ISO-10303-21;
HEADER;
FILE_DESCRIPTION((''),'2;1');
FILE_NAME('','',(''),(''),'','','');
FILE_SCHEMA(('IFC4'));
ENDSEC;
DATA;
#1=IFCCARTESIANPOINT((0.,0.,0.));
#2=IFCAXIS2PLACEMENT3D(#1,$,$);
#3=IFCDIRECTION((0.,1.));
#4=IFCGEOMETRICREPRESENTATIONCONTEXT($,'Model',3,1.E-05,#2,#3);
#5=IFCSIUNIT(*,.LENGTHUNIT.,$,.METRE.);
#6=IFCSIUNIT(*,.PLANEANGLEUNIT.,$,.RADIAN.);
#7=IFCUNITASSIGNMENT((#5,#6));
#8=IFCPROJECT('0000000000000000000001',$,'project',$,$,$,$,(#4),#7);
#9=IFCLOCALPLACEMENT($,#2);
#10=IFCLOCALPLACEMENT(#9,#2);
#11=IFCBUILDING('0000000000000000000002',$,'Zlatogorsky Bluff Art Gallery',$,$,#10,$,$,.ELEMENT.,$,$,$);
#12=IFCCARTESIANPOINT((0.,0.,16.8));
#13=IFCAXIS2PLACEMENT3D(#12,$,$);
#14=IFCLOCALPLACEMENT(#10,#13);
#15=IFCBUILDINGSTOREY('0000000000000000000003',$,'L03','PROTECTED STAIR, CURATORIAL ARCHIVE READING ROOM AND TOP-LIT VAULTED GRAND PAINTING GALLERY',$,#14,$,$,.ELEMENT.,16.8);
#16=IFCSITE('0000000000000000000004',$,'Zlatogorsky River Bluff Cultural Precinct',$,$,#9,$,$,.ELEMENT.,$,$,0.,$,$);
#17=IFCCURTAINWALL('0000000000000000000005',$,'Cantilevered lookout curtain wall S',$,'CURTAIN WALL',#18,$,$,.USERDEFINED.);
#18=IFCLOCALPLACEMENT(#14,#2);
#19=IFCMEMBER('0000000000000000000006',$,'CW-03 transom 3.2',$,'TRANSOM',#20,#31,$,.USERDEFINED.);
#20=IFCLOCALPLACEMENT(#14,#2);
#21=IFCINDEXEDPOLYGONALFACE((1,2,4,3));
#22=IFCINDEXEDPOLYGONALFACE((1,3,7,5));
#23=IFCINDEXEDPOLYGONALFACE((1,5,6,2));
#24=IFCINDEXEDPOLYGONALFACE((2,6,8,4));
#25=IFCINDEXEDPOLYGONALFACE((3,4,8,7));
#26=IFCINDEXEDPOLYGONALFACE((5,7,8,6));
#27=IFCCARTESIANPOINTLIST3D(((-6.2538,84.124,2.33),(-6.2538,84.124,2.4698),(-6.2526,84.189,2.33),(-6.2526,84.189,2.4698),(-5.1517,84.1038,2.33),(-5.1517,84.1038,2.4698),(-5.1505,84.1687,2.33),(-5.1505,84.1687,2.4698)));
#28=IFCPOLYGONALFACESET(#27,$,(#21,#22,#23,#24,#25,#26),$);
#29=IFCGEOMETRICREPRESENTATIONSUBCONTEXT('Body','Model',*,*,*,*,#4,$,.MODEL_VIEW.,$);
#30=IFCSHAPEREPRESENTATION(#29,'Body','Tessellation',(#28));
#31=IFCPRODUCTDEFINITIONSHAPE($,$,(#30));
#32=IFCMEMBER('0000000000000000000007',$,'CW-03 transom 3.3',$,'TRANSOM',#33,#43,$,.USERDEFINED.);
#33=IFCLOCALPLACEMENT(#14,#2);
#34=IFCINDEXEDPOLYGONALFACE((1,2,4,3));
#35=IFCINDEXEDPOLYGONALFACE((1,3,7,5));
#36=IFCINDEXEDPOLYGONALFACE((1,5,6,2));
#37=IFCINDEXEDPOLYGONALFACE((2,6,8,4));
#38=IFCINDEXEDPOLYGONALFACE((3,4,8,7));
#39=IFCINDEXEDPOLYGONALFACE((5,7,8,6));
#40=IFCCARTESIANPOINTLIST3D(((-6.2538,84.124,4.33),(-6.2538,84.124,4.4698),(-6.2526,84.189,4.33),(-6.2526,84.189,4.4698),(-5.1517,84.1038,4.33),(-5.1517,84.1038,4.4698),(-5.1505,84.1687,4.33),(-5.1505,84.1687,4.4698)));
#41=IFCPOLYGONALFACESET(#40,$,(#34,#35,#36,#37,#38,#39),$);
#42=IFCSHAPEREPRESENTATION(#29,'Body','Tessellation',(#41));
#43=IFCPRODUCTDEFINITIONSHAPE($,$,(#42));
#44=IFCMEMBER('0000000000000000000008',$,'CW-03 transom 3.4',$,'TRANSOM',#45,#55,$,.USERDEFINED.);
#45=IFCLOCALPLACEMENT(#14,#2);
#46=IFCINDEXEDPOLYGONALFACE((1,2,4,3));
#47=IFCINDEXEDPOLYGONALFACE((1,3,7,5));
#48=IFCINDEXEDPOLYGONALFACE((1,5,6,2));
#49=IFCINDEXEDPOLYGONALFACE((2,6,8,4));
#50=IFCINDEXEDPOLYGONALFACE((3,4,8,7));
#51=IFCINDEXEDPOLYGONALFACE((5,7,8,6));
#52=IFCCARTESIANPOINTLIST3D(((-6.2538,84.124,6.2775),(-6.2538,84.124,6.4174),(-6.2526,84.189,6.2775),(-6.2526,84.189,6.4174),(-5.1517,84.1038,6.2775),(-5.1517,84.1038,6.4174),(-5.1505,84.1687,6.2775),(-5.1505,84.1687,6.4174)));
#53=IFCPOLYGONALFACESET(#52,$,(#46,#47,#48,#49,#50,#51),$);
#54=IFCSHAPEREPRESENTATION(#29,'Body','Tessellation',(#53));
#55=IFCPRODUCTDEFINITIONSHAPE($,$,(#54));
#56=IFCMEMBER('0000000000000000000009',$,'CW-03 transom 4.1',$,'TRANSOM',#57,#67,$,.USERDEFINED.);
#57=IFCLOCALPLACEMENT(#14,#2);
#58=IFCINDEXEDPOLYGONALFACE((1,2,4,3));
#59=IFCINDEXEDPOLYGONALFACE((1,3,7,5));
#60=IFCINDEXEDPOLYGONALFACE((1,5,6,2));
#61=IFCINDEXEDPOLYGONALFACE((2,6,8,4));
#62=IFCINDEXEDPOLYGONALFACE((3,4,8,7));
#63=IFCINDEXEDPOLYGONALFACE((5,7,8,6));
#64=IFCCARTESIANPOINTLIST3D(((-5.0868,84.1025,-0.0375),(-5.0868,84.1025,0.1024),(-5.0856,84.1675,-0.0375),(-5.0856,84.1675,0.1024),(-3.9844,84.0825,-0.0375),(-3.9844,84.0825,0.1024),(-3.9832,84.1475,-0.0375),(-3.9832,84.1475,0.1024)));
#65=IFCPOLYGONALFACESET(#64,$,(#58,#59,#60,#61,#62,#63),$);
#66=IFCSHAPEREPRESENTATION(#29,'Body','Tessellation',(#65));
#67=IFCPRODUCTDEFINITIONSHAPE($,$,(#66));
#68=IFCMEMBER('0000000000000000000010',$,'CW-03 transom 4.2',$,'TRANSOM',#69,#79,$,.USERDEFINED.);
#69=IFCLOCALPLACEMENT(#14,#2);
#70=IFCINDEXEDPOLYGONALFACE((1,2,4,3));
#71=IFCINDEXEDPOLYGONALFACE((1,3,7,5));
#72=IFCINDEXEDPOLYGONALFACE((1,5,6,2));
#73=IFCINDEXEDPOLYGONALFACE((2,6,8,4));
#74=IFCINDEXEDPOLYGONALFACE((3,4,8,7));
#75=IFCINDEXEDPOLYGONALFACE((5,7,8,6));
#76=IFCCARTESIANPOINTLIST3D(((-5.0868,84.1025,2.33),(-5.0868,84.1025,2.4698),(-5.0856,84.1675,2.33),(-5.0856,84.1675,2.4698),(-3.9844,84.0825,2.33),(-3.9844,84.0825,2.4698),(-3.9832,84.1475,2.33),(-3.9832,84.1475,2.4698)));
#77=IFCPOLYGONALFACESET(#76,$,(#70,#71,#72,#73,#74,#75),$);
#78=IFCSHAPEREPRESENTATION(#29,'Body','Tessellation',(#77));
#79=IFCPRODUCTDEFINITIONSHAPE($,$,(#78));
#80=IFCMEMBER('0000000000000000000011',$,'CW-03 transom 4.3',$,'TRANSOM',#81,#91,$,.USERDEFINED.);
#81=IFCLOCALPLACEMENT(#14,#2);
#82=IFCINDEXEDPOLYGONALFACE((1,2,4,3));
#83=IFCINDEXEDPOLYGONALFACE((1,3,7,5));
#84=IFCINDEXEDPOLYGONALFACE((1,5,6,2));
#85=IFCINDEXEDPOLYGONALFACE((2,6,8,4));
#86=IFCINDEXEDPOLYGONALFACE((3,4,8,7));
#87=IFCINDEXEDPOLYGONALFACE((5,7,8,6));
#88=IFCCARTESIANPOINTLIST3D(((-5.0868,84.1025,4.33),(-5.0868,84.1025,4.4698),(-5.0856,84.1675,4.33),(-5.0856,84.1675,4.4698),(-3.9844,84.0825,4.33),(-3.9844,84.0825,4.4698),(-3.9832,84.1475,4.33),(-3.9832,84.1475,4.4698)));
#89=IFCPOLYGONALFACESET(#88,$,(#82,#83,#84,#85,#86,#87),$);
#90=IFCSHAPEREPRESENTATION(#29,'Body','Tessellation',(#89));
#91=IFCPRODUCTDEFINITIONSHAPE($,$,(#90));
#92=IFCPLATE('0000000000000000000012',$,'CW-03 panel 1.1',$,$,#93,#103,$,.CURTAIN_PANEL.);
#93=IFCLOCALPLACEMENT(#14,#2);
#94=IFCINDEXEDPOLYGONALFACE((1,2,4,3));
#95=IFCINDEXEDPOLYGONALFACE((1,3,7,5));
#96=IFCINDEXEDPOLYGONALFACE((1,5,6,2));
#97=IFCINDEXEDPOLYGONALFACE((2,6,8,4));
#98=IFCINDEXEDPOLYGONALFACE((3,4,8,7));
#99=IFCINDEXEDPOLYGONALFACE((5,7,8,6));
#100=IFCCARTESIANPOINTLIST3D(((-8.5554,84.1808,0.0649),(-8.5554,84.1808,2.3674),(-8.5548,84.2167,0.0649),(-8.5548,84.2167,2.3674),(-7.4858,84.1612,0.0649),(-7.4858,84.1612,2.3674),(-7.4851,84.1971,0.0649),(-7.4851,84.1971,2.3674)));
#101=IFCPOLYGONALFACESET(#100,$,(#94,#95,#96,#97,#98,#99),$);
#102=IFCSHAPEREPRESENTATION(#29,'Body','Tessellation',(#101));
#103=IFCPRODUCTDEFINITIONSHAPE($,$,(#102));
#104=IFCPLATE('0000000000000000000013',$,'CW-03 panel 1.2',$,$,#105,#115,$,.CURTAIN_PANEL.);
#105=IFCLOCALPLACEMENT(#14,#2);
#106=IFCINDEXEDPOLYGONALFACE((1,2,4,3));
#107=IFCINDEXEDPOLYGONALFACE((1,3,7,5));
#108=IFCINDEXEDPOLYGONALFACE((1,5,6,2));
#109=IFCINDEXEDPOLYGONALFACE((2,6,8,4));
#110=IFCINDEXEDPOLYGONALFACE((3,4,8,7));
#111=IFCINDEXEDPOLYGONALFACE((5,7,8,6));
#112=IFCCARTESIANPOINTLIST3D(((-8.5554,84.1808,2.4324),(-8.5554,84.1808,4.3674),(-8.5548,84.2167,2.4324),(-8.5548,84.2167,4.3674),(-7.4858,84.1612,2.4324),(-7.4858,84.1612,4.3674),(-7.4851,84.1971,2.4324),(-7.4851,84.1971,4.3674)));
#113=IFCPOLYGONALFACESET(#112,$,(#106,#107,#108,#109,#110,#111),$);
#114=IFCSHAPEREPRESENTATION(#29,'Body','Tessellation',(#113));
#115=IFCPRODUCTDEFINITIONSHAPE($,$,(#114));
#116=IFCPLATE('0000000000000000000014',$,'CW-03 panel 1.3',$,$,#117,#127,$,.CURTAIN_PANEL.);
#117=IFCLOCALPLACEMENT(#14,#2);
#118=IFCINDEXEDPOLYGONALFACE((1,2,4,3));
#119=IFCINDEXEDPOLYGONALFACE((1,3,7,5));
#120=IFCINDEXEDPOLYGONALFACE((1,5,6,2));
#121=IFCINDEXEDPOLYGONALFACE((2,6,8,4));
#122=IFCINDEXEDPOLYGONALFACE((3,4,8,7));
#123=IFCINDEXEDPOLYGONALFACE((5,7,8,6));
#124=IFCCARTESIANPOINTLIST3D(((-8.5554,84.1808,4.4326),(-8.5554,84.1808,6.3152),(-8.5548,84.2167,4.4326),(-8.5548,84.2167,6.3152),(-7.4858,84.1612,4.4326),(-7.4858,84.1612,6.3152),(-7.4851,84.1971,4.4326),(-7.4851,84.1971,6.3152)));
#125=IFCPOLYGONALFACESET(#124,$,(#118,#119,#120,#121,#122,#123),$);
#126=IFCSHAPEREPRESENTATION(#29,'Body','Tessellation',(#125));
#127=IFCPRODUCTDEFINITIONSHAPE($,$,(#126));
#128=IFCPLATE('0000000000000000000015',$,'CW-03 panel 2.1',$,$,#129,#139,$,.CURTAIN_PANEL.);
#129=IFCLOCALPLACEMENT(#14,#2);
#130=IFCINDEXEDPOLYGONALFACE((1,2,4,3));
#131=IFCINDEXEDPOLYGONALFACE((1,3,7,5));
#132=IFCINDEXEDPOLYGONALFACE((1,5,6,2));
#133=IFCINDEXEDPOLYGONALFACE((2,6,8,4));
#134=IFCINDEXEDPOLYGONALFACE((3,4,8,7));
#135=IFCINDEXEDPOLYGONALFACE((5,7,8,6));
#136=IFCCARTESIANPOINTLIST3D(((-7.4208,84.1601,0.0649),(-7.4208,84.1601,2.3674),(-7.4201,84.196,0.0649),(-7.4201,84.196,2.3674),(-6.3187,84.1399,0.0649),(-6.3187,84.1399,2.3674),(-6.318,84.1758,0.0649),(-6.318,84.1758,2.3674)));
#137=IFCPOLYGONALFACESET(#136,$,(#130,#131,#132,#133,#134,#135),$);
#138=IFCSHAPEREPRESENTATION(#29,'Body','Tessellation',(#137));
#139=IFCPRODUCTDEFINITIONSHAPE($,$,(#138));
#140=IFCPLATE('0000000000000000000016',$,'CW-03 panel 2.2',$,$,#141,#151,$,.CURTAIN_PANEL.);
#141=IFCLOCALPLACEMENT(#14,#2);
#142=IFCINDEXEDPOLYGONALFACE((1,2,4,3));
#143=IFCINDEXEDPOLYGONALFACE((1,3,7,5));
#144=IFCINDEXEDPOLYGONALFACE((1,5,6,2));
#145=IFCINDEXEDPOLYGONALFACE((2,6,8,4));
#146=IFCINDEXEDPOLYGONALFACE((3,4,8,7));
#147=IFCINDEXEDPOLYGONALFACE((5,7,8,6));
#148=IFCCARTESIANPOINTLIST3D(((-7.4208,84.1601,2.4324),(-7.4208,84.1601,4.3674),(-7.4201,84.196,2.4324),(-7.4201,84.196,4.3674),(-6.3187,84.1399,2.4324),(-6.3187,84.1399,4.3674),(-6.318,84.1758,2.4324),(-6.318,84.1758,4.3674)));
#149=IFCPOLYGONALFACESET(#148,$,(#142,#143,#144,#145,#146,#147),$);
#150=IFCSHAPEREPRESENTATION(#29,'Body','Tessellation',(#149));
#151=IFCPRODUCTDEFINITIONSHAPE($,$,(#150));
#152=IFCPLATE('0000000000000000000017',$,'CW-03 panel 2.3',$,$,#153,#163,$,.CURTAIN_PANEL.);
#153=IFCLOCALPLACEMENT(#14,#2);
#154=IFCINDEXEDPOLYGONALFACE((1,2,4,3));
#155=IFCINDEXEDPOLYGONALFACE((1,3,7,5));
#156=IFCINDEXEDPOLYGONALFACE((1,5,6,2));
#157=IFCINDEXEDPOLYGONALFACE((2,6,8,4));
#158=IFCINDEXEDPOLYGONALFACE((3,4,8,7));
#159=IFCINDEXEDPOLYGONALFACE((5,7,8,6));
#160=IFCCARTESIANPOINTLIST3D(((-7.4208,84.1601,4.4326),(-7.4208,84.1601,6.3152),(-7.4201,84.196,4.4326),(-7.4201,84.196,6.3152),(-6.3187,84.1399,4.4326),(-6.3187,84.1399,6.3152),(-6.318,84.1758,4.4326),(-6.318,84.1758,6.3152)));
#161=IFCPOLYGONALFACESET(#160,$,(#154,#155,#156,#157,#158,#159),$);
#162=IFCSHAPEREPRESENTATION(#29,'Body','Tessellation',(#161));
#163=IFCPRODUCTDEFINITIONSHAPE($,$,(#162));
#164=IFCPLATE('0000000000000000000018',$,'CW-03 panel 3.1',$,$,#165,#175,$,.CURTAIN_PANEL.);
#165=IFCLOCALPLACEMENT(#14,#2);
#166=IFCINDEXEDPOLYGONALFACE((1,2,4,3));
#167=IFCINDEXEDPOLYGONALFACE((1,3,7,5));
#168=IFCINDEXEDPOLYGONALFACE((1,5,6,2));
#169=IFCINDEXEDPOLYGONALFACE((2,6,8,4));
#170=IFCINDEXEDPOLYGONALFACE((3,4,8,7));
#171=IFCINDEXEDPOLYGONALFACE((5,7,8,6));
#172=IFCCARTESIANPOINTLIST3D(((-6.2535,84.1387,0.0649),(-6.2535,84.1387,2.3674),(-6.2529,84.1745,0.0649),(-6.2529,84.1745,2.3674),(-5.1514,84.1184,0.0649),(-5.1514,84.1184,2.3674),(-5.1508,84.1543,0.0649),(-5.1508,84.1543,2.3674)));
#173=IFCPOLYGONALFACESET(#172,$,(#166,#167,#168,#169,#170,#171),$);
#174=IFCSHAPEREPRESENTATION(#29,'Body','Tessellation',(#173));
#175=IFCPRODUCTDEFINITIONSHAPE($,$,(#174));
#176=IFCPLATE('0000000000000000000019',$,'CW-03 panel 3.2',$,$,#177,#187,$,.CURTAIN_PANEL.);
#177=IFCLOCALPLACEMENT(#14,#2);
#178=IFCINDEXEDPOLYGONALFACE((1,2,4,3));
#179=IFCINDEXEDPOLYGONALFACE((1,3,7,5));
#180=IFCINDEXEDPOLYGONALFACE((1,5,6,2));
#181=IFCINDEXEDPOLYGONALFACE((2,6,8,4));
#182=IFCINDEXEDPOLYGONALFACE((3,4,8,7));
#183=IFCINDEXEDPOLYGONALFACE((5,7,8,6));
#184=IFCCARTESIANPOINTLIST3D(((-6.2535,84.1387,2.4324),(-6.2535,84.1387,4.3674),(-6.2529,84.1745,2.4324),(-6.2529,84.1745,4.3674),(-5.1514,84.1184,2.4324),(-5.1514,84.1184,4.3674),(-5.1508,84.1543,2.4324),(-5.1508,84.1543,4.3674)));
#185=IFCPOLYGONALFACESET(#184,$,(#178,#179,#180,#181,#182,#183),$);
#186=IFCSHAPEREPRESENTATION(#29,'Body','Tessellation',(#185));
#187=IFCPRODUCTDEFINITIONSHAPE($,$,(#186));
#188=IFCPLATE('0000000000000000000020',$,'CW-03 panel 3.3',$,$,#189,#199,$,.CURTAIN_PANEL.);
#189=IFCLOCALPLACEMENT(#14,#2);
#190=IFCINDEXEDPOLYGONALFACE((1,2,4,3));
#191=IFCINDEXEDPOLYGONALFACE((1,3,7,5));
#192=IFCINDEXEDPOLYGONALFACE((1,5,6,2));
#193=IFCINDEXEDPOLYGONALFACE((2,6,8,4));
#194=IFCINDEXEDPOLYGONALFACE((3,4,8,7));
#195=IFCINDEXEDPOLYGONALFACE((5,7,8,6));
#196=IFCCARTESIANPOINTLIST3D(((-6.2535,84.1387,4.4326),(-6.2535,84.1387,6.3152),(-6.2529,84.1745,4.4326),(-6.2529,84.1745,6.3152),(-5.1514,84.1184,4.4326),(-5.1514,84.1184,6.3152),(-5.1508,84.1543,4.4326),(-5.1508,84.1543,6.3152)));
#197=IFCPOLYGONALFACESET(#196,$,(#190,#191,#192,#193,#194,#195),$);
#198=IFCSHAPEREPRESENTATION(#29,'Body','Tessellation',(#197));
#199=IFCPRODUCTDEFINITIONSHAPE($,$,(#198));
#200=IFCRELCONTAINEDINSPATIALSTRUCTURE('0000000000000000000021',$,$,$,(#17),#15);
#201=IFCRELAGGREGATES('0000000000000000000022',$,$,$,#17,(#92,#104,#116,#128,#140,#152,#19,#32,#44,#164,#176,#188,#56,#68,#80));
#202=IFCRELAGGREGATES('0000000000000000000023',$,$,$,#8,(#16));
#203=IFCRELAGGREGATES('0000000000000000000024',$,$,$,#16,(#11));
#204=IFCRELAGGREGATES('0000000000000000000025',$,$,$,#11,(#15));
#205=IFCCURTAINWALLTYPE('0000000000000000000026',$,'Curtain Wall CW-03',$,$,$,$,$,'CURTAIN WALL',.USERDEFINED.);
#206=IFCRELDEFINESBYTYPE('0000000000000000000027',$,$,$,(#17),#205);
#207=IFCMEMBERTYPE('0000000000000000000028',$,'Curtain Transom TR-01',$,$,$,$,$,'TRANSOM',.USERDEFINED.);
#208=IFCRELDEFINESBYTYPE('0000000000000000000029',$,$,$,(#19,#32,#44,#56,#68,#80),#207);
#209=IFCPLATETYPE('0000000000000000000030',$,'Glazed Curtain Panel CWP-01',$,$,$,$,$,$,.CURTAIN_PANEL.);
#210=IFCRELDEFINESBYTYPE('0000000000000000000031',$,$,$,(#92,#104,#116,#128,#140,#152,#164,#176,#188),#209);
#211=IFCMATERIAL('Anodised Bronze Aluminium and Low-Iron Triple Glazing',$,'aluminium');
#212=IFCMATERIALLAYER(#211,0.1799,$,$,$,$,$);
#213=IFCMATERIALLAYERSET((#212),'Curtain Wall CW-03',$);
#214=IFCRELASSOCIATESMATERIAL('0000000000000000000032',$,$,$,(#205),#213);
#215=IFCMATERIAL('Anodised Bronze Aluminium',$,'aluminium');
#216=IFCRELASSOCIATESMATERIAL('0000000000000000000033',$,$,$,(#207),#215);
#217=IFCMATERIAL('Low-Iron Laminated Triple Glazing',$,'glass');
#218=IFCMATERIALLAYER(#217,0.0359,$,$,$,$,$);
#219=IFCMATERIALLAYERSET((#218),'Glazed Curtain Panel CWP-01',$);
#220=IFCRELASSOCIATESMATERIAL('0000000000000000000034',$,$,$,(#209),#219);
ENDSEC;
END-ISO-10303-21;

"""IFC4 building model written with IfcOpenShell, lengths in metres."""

from ifc_helpers import new_model, si_unit, direction, frame, origin, origin_2d, place, context, subcontext, project, spatial, rectangle, extrude, material, layer, layer_set, material_profile, profile_set, type_object, element, aggregate, save


model = new_model("IFC4")

# Units and contexts
model_context = context("Model", 3, precision=1e-05, world=origin(), true_north=direction((0.0, 1.0)))
body_context = subcontext(model_context, "Body", "Model", "MODEL_VIEW")
ifc_project = project(units=[si_unit("LENGTHUNIT", "METRE"), si_unit("PLANEANGLEUNIT", "RADIAN")], contexts=[model_context])

# Site, building, storey
site_placement = place(None, origin())
site = spatial("IfcSite", under=ifc_project, at=site_placement, Name="Zlatogorsky River Bluff Cultural Precinct", CompositionType="ELEMENT", RefElevation=0.0)
building_placement = place(site_placement, origin())
building = spatial("IfcBuilding", under=site, at=building_placement, Name="Zlatogorsky Bluff Art Gallery", CompositionType="ELEMENT")
storey_placement = place(building_placement, frame((0.0, 0.0, 16.8)))
storey = spatial("IfcBuildingStorey", under=building, at=storey_placement, Name="L03", Description="PROTECTED STAIR, CURATORIAL ARCHIVE READING ROOM AND TOP-LIT VAULTED GRAND PAINTING GALLERY", CompositionType="ELEMENT", Elevation=16.8)

# Shared definitions
ifc_material_1 = material(Name="Anodised Bronze Aluminium and Low-Iron Triple Glazing", Category="aluminium")
ifc_layer_1 = layer(ifc_material_1, 0.1799)
ifc_layer_set_1 = layer_set([ifc_layer_1], Name="Curtain Wall CW-03")
curtain_wall_type = type_object("IfcCurtainWallType", Name="Curtain Wall CW-03", ElementType="CURTAIN WALL", PredefinedType="USERDEFINED", material=ifc_layer_set_1)
ifc_material_2 = material(Name="Anodised Bronze Aluminium", Category="aluminium")

# Curtain wall, members, plates
curtain_wall_1_placement = place(storey_placement, origin())
curtain_wall_1 = element("IfcCurtainWall", 1, at=curtain_wall_1_placement, inside=storey, type_object=curtain_wall_type, Name="Cantilevered lookout curtain wall S", ObjectType="CURTAIN WALL", PredefinedType="USERDEFINED")
ifc_material_profile_1 = material_profile(ifc_material_2, rectangle(XDim=0.0649, YDim=0.1399, at=origin_2d()), Name="ALU TRANSOM 65x140")
ifc_profile_set_1 = profile_set([ifc_material_profile_1], Name="Anodised Bronze Aluminium")
member_type_1 = type_object("IfcMemberType", Name="Curtain Transom TR-01", ElementType="TRANSOM", PredefinedType="USERDEFINED", material=ifc_profile_set_1)
member_1_placement = place(storey_placement, frame((-6.2532, 84.1565, 2.3999), z_axis=(0.999831, -0.018384, 0.0), x_axis=(0.018384, 0.999831, 0.0)))
member_1 = element("IfcMember", 2, at=member_1_placement, type_object=member_type_1, Name="CW-03 transom 3.2", ObjectType="TRANSOM", PredefinedType="USERDEFINED", context=body_context, shape_type="SweptSolid", body=[
    extrude(rectangle(XDim=0.0649, YDim=0.1399, at=origin_2d()), origin(), (0.0, 0.0, 1.0), 1.1023),
])
member_2_placement = place(storey_placement, frame((-6.2532, 84.1565, 4.3999), z_axis=(0.999831, -0.018384, 0.0), x_axis=(0.018384, 0.999831, 0.0)))
member_2 = element("IfcMember", 3, at=member_2_placement, type_object=member_type_1, Name="CW-03 transom 3.3", ObjectType="TRANSOM", PredefinedType="USERDEFINED", context=body_context, shape_type="SweptSolid", body=[
    extrude(rectangle(XDim=0.0649, YDim=0.1399, at=origin_2d()), origin(), (0.0, 0.0, 1.0), 1.1023),
])
member_3_placement = place(storey_placement, frame((-6.2532, 84.1565, 6.3474), z_axis=(0.999831, -0.018384, 0.0), x_axis=(0.018384, 0.999831, 0.0)))
member_3 = element("IfcMember", 4, at=member_3_placement, type_object=member_type_1, Name="CW-03 transom 3.4", ObjectType="TRANSOM", PredefinedType="USERDEFINED", context=body_context, shape_type="SweptSolid", body=[
    extrude(rectangle(XDim=0.0649, YDim=0.1399, at=origin_2d()), origin(), (0.0, 0.0, 1.0), 1.1023),
])
member_4_placement = place(storey_placement, frame((-5.0862, 84.135, 0.0325), z_axis=(0.999835, -0.018159, 0.0), x_axis=(0.018159, 0.999835, 0.0)))
member_4 = element("IfcMember", 5, at=member_4_placement, type_object=member_type_1, Name="CW-03 transom 4.1", ObjectType="TRANSOM", PredefinedType="USERDEFINED", context=body_context, shape_type="SweptSolid", body=[
    extrude(rectangle(XDim=0.0649, YDim=0.1399, at=origin_2d()), origin(), (0.0, 0.0, 1.0), 1.1025),
])
member_5_placement = place(storey_placement, frame((-5.0862, 84.135, 2.3999), z_axis=(0.999835, -0.018159, 0.0), x_axis=(0.018159, 0.999835, 0.0)))
member_5 = element("IfcMember", 6, at=member_5_placement, type_object=member_type_1, Name="CW-03 transom 4.2", ObjectType="TRANSOM", PredefinedType="USERDEFINED", context=body_context, shape_type="SweptSolid", body=[
    extrude(rectangle(XDim=0.0649, YDim=0.1399, at=origin_2d()), origin(), (0.0, 0.0, 1.0), 1.1025),
])
member_6_placement = place(storey_placement, frame((-5.0862, 84.135, 4.3999), z_axis=(0.999835, -0.018159, 0.0), x_axis=(0.018159, 0.999835, 0.0)))
member_6 = element("IfcMember", 7, at=member_6_placement, type_object=member_type_1, Name="CW-03 transom 4.3", ObjectType="TRANSOM", PredefinedType="USERDEFINED", context=body_context, shape_type="SweptSolid", body=[
    extrude(rectangle(XDim=0.0649, YDim=0.1399, at=origin_2d()), origin(), (0.0, 0.0, 1.0), 1.1025),
])
ifc_material_3 = material(Name="Low-Iron Laminated Triple Glazing", Category="glass")
ifc_layer_2 = layer(ifc_material_3, 0.0359)
ifc_layer_set_2 = layer_set([ifc_layer_2], Name="Glazed Curtain Panel CWP-01")
plate_type = type_object("IfcPlateType", Name="Glazed Curtain Panel CWP-01", PredefinedType="CURTAIN_PANEL", material=ifc_layer_set_2)
plate_1_placement = place(storey_placement, frame((-8.0203, 84.189, 0.0649), z_axis=(0.0, 0.0, 1.0), x_axis=(0.999832, -0.018357, 0.0)))
plate_1 = element("IfcPlate", 8, at=plate_1_placement, type_object=plate_type, Name="CW-03 panel 1.1", PredefinedType="CURTAIN_PANEL", context=body_context, shape_type="SweptSolid", body=[
    extrude(rectangle(XDim=1.0698, YDim=0.0359, at=origin_2d()), origin(), (0.0, 0.0, 1.0), 2.3025),
])
plate_2_placement = place(storey_placement, frame((-8.0203, 84.189, 2.4324), z_axis=(0.0, 0.0, 1.0), x_axis=(0.999832, -0.018357, 0.0)))
plate_2 = element("IfcPlate", 9, at=plate_2_placement, type_object=plate_type, Name="CW-03 panel 1.2", PredefinedType="CURTAIN_PANEL", context=body_context, shape_type="SweptSolid", body=[
    extrude(rectangle(XDim=1.0698, YDim=0.0359, at=origin_2d()), origin(), (0.0, 0.0, 1.0), 1.9351),
])
plate_3_placement = place(storey_placement, frame((-8.0203, 84.189, 4.4326), z_axis=(0.0, 0.0, 1.0), x_axis=(0.999832, -0.018357, 0.0)))
plate_3 = element("IfcPlate", 10, at=plate_3_placement, type_object=plate_type, Name="CW-03 panel 1.3", PredefinedType="CURTAIN_PANEL", context=body_context, shape_type="SweptSolid", body=[
    extrude(rectangle(XDim=1.0698, YDim=0.0359, at=origin_2d()), origin(), (0.0, 0.0, 1.0), 1.8826),
])
plate_4_placement = place(storey_placement, frame((-6.8694, 84.168, 0.0649), z_axis=(0.0, 0.0, 1.0), x_axis=(0.999832, -0.018357, 0.0)))
plate_4 = element("IfcPlate", 11, at=plate_4_placement, type_object=plate_type, Name="CW-03 panel 2.1", PredefinedType="CURTAIN_PANEL", context=body_context, shape_type="SweptSolid", body=[
    extrude(rectangle(XDim=1.1023, YDim=0.0359, at=origin_2d()), origin(), (0.0, 0.0, 1.0), 2.3025),
])
plate_5_placement = place(storey_placement, frame((-6.8694, 84.168, 2.4324), z_axis=(0.0, 0.0, 1.0), x_axis=(0.999832, -0.018357, 0.0)))
plate_5 = element("IfcPlate", 12, at=plate_5_placement, type_object=plate_type, Name="CW-03 panel 2.2", PredefinedType="CURTAIN_PANEL", context=body_context, shape_type="SweptSolid", body=[
    extrude(rectangle(XDim=1.1023, YDim=0.0359, at=origin_2d()), origin(), (0.0, 0.0, 1.0), 1.9351),
])
plate_6_placement = place(storey_placement, frame((-6.8694, 84.168, 4.4326), z_axis=(0.0, 0.0, 1.0), x_axis=(0.999832, -0.018357, 0.0)))
plate_6 = element("IfcPlate", 13, at=plate_6_placement, type_object=plate_type, Name="CW-03 panel 2.3", PredefinedType="CURTAIN_PANEL", context=body_context, shape_type="SweptSolid", body=[
    extrude(rectangle(XDim=1.1023, YDim=0.0359, at=origin_2d()), origin(), (0.0, 0.0, 1.0), 1.8826),
])
plate_7_placement = place(storey_placement, frame((-5.7021, 84.1465, 0.0649), z_axis=(0.0, 0.0, 1.0), x_axis=(0.999832, -0.018357, 0.0)))
plate_7 = element("IfcPlate", 14, at=plate_7_placement, type_object=plate_type, Name="CW-03 panel 3.1", PredefinedType="CURTAIN_PANEL", context=body_context, shape_type="SweptSolid", body=[
    extrude(rectangle(XDim=1.1023, YDim=0.0359, at=origin_2d()), origin(), (0.0, 0.0, 1.0), 2.3025),
])
plate_8_placement = place(storey_placement, frame((-5.7021, 84.1465, 2.4324), z_axis=(0.0, 0.0, 1.0), x_axis=(0.999832, -0.018357, 0.0)))
plate_8 = element("IfcPlate", 15, at=plate_8_placement, type_object=plate_type, Name="CW-03 panel 3.2", PredefinedType="CURTAIN_PANEL", context=body_context, shape_type="SweptSolid", body=[
    extrude(rectangle(XDim=1.1023, YDim=0.0359, at=origin_2d()), origin(), (0.0, 0.0, 1.0), 1.9351),
])
plate_9_placement = place(storey_placement, frame((-5.7021, 84.1465, 4.4326), z_axis=(0.0, 0.0, 1.0), x_axis=(0.999832, -0.018357, 0.0)))
plate_9 = element("IfcPlate", 16, at=plate_9_placement, type_object=plate_type, Name="CW-03 panel 3.3", PredefinedType="CURTAIN_PANEL", context=body_context, shape_type="SweptSolid", body=[
    extrude(rectangle(XDim=1.1023, YDim=0.0359, at=origin_2d()), origin(), (0.0, 0.0, 1.0), 1.8826),
])
aggregate(curtain_wall_1, [plate_1, plate_2, plate_3, plate_4, plate_5, plate_6, member_1, member_2, member_3, plate_7, plate_8, plate_9, member_4, member_5, member_6])

save(model, "model.ifc")
